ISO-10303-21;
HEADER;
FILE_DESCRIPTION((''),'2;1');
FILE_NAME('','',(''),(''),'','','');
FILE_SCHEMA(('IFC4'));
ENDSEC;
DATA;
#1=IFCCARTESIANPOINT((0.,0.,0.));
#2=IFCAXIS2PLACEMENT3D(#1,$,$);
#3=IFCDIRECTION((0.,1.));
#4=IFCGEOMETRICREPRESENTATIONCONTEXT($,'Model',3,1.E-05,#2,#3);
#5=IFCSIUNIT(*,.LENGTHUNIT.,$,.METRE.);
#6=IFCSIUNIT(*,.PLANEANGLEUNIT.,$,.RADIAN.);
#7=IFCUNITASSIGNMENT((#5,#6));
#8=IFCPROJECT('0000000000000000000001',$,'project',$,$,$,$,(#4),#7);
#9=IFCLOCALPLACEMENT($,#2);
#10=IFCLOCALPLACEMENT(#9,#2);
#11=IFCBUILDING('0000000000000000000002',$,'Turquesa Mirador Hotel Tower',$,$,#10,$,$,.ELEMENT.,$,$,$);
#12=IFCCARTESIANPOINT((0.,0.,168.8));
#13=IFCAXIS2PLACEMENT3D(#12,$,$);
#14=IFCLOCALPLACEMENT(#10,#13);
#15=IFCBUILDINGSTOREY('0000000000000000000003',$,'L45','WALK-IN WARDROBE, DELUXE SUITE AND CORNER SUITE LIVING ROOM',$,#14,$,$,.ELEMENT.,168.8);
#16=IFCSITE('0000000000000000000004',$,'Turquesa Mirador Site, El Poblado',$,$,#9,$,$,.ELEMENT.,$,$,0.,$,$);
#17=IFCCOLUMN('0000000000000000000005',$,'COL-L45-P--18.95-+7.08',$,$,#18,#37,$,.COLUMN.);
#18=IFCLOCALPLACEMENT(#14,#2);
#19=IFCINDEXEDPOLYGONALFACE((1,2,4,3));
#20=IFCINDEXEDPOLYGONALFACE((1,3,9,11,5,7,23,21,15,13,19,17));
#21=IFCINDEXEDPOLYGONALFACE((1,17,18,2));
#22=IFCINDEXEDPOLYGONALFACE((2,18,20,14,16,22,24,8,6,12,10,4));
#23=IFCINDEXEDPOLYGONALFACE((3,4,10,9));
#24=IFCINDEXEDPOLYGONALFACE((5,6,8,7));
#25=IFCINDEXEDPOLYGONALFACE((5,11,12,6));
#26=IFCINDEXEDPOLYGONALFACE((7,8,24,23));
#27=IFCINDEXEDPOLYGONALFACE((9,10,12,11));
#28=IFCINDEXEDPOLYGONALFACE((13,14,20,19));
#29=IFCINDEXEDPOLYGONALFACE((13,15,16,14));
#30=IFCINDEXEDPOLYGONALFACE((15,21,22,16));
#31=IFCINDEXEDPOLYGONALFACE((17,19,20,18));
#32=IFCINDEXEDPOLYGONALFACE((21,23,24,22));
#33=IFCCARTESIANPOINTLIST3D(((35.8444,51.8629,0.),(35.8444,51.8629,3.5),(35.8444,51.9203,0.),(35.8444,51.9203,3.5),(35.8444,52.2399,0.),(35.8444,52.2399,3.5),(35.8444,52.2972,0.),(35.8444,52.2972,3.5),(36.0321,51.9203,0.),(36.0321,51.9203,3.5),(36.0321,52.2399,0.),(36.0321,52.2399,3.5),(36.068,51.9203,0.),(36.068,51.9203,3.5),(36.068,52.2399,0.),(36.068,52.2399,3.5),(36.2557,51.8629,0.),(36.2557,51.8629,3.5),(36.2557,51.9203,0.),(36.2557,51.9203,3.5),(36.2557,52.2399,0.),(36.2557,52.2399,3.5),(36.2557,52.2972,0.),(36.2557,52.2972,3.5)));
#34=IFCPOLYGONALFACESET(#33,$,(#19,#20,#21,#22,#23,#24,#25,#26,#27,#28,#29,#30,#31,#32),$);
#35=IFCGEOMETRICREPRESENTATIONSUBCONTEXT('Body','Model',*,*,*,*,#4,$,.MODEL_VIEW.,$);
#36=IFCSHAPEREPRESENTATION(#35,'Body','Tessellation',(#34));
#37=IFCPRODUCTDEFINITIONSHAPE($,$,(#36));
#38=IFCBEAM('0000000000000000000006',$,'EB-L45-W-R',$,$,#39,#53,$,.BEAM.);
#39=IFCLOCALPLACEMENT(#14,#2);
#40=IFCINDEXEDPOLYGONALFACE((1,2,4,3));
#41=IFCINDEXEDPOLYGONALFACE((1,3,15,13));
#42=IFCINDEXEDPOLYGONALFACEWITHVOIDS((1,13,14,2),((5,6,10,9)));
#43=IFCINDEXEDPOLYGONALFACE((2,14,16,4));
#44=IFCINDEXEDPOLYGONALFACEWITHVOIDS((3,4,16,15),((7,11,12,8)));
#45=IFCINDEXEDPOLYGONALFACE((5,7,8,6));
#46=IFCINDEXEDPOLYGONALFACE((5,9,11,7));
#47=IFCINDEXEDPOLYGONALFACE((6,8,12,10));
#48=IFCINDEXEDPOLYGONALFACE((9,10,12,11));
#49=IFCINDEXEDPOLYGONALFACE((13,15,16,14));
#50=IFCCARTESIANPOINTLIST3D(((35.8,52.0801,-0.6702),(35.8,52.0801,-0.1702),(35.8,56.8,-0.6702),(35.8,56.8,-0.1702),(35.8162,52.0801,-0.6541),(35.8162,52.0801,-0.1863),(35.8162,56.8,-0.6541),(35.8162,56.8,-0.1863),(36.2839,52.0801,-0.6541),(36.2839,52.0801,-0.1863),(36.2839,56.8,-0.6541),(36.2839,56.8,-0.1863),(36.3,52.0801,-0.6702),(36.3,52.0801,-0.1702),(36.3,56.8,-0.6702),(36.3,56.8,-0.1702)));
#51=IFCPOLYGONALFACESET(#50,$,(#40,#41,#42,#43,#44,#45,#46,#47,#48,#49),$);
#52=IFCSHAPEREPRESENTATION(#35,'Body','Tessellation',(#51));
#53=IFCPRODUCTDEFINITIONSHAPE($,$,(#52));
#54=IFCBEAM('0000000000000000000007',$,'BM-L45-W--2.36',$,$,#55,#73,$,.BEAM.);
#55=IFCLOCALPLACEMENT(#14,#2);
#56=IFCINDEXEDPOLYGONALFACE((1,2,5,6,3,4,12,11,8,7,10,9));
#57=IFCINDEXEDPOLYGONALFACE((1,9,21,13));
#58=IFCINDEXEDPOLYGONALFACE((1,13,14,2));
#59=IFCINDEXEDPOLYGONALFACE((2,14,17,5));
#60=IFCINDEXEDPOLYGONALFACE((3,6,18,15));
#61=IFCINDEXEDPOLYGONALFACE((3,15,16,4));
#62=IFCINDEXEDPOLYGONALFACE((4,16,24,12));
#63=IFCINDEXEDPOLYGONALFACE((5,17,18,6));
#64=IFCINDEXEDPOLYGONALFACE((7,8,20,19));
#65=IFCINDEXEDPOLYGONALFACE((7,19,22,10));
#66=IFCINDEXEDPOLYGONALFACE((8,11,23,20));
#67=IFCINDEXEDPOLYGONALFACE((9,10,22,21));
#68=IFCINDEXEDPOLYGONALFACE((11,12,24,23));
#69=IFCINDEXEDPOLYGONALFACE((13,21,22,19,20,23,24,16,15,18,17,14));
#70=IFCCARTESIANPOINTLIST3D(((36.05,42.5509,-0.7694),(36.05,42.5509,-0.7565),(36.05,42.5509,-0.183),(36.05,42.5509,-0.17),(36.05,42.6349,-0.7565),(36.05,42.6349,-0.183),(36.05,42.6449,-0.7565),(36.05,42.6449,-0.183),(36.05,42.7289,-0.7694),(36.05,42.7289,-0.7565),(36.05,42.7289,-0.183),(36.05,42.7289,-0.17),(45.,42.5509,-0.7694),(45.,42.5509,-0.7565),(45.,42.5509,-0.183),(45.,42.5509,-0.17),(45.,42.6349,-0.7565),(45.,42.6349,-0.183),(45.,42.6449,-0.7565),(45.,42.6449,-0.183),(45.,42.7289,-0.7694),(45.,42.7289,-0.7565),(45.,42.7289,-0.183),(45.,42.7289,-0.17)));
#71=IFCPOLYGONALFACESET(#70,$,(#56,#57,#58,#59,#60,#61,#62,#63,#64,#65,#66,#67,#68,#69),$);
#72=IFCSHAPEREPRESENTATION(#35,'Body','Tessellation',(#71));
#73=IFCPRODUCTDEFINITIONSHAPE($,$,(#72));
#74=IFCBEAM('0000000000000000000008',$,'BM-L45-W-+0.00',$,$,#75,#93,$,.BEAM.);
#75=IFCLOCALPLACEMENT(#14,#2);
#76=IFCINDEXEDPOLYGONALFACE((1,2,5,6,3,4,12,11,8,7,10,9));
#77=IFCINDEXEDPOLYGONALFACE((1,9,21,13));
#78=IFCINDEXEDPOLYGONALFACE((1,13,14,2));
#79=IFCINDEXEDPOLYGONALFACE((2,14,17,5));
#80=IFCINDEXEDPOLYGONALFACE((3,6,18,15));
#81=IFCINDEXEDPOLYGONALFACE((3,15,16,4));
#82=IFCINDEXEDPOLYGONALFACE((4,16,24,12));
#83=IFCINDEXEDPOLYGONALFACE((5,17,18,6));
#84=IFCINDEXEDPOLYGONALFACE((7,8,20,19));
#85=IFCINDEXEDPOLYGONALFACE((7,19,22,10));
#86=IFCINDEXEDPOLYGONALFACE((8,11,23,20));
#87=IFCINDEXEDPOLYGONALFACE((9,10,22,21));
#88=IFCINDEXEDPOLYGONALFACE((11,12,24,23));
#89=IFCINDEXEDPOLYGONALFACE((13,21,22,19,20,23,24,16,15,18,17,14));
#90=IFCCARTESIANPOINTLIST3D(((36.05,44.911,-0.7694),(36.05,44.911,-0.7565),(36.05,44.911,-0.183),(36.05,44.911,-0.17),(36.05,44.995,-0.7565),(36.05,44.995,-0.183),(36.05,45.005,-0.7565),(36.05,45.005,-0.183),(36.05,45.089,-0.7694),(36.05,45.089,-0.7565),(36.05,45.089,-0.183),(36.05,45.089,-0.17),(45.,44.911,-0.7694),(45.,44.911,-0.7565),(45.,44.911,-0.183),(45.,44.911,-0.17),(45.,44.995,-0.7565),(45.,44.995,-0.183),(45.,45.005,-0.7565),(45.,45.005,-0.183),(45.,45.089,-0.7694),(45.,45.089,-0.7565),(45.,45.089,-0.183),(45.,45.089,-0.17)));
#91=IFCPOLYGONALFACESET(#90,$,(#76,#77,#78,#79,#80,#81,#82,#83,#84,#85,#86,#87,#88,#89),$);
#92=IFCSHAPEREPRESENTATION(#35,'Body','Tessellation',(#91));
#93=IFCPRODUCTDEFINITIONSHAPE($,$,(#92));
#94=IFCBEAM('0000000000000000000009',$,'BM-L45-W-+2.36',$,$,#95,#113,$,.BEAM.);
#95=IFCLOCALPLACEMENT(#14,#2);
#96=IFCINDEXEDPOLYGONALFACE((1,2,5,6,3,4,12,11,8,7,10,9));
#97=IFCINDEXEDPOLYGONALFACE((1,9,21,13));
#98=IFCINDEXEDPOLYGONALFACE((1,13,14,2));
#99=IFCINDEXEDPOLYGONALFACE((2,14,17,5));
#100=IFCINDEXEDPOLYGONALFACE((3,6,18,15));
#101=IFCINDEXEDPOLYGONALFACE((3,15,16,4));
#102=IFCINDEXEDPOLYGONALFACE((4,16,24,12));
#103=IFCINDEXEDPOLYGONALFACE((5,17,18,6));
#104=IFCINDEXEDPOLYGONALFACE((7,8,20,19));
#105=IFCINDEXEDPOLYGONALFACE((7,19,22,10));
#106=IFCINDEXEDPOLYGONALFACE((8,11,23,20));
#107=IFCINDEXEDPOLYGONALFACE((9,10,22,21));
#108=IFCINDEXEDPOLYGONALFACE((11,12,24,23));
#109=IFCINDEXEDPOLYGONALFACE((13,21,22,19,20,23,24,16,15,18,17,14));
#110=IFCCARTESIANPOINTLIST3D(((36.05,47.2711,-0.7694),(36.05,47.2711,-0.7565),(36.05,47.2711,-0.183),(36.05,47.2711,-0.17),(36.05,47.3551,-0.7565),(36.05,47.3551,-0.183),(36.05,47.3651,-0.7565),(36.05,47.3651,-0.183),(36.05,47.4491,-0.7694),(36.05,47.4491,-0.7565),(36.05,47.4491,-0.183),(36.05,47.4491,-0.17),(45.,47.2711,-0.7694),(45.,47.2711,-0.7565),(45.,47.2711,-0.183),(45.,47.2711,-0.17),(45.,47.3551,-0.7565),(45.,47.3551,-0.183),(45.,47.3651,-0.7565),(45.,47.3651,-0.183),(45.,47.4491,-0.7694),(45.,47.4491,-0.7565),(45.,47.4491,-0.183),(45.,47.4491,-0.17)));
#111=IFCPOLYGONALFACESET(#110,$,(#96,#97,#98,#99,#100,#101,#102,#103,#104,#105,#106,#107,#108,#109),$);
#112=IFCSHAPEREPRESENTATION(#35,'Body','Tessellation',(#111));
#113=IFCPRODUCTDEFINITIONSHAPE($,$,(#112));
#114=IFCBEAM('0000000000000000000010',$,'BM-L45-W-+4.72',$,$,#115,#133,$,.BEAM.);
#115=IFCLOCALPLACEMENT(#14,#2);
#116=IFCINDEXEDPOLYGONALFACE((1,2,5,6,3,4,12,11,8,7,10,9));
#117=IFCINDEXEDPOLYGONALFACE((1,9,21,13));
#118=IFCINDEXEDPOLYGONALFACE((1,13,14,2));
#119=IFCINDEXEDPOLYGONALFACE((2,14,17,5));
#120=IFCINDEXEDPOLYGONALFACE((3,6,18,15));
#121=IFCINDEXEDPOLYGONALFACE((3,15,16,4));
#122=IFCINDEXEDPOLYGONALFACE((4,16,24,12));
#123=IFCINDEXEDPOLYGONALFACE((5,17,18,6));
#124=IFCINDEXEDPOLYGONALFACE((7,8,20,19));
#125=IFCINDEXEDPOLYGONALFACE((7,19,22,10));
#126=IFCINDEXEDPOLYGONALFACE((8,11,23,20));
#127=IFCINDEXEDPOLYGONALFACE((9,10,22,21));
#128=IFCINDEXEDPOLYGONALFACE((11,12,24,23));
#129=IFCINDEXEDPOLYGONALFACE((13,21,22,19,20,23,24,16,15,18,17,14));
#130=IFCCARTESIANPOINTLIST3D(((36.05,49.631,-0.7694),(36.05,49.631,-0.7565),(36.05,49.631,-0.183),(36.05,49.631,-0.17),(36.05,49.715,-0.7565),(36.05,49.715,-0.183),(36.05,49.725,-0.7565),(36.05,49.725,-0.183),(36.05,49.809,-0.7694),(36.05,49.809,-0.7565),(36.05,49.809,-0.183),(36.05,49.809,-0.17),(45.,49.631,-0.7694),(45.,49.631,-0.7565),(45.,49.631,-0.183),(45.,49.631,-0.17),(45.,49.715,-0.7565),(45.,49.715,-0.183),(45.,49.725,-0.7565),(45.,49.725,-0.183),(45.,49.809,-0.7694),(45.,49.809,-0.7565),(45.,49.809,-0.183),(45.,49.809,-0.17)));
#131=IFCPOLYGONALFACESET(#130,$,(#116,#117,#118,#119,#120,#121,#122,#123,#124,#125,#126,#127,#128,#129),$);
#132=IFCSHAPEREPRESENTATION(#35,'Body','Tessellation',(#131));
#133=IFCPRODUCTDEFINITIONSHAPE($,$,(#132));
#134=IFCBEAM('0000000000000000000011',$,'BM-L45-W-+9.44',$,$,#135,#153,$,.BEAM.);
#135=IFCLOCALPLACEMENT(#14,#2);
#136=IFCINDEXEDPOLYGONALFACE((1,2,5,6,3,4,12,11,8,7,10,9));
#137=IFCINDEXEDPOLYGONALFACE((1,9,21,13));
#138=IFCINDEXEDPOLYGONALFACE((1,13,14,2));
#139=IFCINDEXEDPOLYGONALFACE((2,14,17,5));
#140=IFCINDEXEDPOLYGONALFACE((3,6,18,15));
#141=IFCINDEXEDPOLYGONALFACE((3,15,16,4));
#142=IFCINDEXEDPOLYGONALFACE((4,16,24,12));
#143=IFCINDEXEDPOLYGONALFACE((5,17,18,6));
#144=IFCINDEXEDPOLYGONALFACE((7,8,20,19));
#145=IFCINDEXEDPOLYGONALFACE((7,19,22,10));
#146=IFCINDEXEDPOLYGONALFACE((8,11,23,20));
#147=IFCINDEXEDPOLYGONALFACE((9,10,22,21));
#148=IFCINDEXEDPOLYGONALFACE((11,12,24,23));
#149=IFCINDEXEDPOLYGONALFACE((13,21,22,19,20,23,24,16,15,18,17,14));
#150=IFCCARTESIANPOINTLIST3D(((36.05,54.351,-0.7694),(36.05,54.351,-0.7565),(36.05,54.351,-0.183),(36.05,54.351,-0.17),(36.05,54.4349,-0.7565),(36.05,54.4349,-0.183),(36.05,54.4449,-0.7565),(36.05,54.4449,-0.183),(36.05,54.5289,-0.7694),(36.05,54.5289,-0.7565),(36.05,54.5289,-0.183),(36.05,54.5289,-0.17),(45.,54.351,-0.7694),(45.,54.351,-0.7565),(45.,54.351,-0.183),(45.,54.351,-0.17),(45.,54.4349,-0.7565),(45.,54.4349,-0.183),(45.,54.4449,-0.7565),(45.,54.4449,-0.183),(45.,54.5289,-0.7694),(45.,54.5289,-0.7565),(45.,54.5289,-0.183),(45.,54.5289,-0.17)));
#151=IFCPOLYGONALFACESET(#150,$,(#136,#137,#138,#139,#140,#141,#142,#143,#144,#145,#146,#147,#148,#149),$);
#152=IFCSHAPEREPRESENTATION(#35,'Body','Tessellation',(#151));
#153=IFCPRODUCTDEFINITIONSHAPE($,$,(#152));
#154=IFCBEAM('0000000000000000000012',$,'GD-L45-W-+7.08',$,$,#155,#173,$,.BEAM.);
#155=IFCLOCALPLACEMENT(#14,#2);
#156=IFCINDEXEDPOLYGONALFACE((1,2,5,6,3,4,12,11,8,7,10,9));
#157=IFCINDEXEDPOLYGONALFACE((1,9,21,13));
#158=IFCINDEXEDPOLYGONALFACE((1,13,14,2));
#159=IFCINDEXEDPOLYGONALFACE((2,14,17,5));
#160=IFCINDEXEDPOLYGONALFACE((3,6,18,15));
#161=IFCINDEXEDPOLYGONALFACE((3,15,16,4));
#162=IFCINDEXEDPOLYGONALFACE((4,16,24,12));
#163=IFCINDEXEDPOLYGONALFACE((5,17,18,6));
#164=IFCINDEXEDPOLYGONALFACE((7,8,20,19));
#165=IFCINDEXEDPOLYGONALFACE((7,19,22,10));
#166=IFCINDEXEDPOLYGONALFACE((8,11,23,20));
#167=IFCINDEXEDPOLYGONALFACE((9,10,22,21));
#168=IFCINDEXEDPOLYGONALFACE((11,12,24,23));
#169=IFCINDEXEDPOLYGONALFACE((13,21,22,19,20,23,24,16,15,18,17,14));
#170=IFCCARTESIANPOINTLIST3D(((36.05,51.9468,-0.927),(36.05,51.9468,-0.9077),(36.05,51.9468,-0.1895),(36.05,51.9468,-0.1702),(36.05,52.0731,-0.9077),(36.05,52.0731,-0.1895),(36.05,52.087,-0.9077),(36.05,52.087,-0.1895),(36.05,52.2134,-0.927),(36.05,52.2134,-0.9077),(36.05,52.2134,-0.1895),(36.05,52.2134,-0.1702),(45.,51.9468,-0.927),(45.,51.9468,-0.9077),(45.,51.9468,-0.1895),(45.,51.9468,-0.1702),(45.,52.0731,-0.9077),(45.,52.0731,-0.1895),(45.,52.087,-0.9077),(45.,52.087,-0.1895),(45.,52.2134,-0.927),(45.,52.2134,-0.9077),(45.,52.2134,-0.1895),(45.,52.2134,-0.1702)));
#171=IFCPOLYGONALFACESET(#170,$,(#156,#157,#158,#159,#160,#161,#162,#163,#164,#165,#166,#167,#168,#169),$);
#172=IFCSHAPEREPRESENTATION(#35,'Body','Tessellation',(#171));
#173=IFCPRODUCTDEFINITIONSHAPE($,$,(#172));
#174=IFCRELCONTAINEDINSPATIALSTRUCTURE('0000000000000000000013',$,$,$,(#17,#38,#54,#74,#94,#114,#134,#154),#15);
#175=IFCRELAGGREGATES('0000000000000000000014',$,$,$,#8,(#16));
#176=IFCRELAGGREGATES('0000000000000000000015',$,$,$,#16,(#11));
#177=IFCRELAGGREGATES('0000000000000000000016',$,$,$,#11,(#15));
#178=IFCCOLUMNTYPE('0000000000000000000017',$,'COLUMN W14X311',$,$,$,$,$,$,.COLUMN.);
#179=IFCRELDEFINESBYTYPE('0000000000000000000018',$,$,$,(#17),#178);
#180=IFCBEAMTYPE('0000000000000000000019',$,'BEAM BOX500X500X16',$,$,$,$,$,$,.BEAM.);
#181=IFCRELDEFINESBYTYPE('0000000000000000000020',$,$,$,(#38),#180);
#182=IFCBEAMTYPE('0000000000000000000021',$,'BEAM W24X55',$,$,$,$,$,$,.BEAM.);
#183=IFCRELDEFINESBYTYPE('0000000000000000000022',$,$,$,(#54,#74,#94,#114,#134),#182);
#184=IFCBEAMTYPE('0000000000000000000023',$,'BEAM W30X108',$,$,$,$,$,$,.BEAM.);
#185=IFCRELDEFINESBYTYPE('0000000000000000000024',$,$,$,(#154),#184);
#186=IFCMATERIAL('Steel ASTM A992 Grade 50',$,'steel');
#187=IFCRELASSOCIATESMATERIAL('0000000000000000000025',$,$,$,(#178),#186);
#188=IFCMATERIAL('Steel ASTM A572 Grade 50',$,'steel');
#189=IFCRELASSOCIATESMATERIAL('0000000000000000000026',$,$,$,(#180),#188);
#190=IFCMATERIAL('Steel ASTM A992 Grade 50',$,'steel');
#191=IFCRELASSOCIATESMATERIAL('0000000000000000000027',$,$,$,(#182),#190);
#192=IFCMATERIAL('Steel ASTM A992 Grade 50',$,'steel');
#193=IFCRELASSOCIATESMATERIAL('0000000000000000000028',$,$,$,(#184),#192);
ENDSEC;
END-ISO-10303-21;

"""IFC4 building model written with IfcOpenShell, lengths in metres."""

from ifc_helpers import new_model, si_unit, direction, frame, origin, origin_2d, place, context, subcontext, project, spatial, hollow_rectangle, i_section, extrude, material, material_profile, profile_set, type_object, element, save


model = new_model("IFC4")

# Units and contexts
model_context = context("Model", 3, precision=1e-05, world=origin(), true_north=direction((0.0, 1.0)))
body_context = subcontext(model_context, "Body", "Model", "MODEL_VIEW")
ifc_project = project(units=[si_unit("LENGTHUNIT", "METRE"), si_unit("PLANEANGLEUNIT", "RADIAN")], contexts=[model_context])

# Site, building, storey
site_placement = place(None, origin())
site = spatial("IfcSite", under=ifc_project, at=site_placement, Name="Turquesa Mirador Site, El Poblado", CompositionType="ELEMENT", RefElevation=0.0)
building_placement = place(site_placement, origin())
building = spatial("IfcBuilding", under=site, at=building_placement, Name="Turquesa Mirador Hotel Tower", CompositionType="ELEMENT")
storey_placement = place(building_placement, frame((0.0, 0.0, 168.8)))
storey = spatial("IfcBuildingStorey", under=building, at=storey_placement, Name="L45", Description="WALK-IN WARDROBE, DELUXE SUITE AND CORNER SUITE LIVING ROOM", CompositionType="ELEMENT", Elevation=168.8)

# Column
ifc_material_1 = material(Name="Steel ASTM A992 Grade 50", Category="steel")
ifc_material_profile_1 = material_profile(ifc_material_1, i_section(OverallWidth=0.4114, OverallDepth=0.4343, WebThickness=0.0359, FlangeThickness=0.0574, at=origin_2d()), Name="W14X311")
ifc_profile_set_1 = profile_set([ifc_material_profile_1], Name="Steel ASTM A992 Grade 50")
column_type = type_object("IfcColumnType", Name="COLUMN W14X311", PredefinedType="COLUMN", material=ifc_profile_set_1)
column_placement = place(storey_placement, frame((36.05, 52.0801, 0.0), z_axis=(0.0, 0.0, 1.0), x_axis=(1.0, 0.0, 0.0)))
element("IfcColumn", 1, at=column_placement, inside=storey, type_object=column_type, Name="COL-L45-P--18.95-+7.08", PredefinedType="COLUMN", context=body_context, shape_type="SweptSolid", body=[
    extrude(i_section(OverallWidth=0.4114, OverallDepth=0.4343, WebThickness=0.0359, FlangeThickness=0.0574, at=origin_2d()), origin(), (0.0, 0.0, 1.0), 3.5),
])

# Beams
ifc_material_2 = material(Name="Steel ASTM A572 Grade 50", Category="steel")
ifc_material_profile_2 = material_profile(ifc_material_2, hollow_rectangle(XDim=0.5, YDim=0.5, WallThickness=0.0161, at=origin_2d()), Name="BOX500X500X16")
ifc_profile_set_2 = profile_set([ifc_material_profile_2], Name="Steel ASTM A572 Grade 50")
beam_type_1 = type_object("IfcBeamType", Name="BEAM BOX500X500X16", PredefinedType="BEAM", material=ifc_profile_set_2)
beam_1_placement = place(storey_placement, frame((36.05, 52.0801, -0.4202), z_axis=(0.0, 1.0, 0.0), x_axis=(-1.0, 0.0, 0.0)))
element("IfcBeam", 2, at=beam_1_placement, inside=storey, type_object=beam_type_1, Name="EB-L45-W-R", PredefinedType="BEAM", context=body_context, shape_type="SweptSolid", body=[
    extrude(hollow_rectangle(XDim=0.5, YDim=0.5, WallThickness=0.0161, at=origin_2d()), origin(), (0.0, 0.0, 1.0), 4.72),
])
ifc_material_3 = material(Name="Steel ASTM A992 Grade 50", Category="steel")
ifc_material_profile_3 = material_profile(ifc_material_3, i_section(OverallWidth=0.178, OverallDepth=0.5994, WebThickness=0.01, FlangeThickness=0.0129, at=origin_2d()), Name="W24X55")
ifc_profile_set_3 = profile_set([ifc_material_profile_3], Name="Steel ASTM A992 Grade 50")
beam_type_2 = type_object("IfcBeamType", Name="BEAM W24X55", PredefinedType="BEAM", material=ifc_profile_set_3)
for number, where, z_axis, x_axis, name in (
    (3, (36.05, 42.6399, -0.4697), (1.0, 0.0, 0.0), (0.0, 1.0, 0.0), "BM-L45-W--2.36"),
    (4, (36.05, 45.0, -0.4697), (1.0, 0.0, 0.0), (0.0, 1.0, 0.0), "BM-L45-W-+0.00"),
    (5, (36.05, 47.3601, -0.4697), (1.0, 0.0, 0.0), (0.0, 1.0, 0.0), "BM-L45-W-+2.36"),
    (6, (36.05, 49.72, -0.4697), (1.0, 0.0, 0.0), (0.0, 1.0, 0.0), "BM-L45-W-+4.72"),
    (7, (36.05, 54.4399, -0.4697), (1.0, 0.0, 0.0), (0.0, 1.0, 0.0), "BM-L45-W-+9.44"),
):
    element("IfcBeam", number, at=place(storey_placement, frame(where, z_axis=z_axis, x_axis=x_axis)), inside=storey, type_object=beam_type_2, Name=name, PredefinedType="BEAM", context=body_context, shape_type="SweptSolid", body=[
        extrude(i_section(OverallWidth=0.178, OverallDepth=0.5994, WebThickness=0.01, FlangeThickness=0.0129, at=origin_2d()), origin(), (0.0, 0.0, 1.0), 8.95),
    ])
ifc_material_4 = material(Name="Steel ASTM A992 Grade 50", Category="steel")
ifc_material_profile_4 = material_profile(ifc_material_4, i_section(OverallWidth=0.2666, OverallDepth=0.7568, WebThickness=0.0139, FlangeThickness=0.0193, at=origin_2d()), Name="W30X108")
ifc_profile_set_4 = profile_set([ifc_material_profile_4], Name="Steel ASTM A992 Grade 50")
beam_type_3 = type_object("IfcBeamType", Name="BEAM W30X108", PredefinedType="BEAM", material=ifc_profile_set_4)
beam_2_placement = place(storey_placement, frame((36.05, 52.0801, -0.5486), z_axis=(1.0, 0.0, 0.0), x_axis=(0.0, 1.0, 0.0)))
element("IfcBeam", 8, at=beam_2_placement, inside=storey, type_object=beam_type_3, Name="GD-L45-W-+7.08", PredefinedType="BEAM", context=body_context, shape_type="SweptSolid", body=[
    extrude(i_section(OverallWidth=0.2666, OverallDepth=0.7568, WebThickness=0.0139, FlangeThickness=0.0193, at=origin_2d()), origin(), (0.0, 0.0, 1.0), 8.95),
])

save(model, "model.ifc")
